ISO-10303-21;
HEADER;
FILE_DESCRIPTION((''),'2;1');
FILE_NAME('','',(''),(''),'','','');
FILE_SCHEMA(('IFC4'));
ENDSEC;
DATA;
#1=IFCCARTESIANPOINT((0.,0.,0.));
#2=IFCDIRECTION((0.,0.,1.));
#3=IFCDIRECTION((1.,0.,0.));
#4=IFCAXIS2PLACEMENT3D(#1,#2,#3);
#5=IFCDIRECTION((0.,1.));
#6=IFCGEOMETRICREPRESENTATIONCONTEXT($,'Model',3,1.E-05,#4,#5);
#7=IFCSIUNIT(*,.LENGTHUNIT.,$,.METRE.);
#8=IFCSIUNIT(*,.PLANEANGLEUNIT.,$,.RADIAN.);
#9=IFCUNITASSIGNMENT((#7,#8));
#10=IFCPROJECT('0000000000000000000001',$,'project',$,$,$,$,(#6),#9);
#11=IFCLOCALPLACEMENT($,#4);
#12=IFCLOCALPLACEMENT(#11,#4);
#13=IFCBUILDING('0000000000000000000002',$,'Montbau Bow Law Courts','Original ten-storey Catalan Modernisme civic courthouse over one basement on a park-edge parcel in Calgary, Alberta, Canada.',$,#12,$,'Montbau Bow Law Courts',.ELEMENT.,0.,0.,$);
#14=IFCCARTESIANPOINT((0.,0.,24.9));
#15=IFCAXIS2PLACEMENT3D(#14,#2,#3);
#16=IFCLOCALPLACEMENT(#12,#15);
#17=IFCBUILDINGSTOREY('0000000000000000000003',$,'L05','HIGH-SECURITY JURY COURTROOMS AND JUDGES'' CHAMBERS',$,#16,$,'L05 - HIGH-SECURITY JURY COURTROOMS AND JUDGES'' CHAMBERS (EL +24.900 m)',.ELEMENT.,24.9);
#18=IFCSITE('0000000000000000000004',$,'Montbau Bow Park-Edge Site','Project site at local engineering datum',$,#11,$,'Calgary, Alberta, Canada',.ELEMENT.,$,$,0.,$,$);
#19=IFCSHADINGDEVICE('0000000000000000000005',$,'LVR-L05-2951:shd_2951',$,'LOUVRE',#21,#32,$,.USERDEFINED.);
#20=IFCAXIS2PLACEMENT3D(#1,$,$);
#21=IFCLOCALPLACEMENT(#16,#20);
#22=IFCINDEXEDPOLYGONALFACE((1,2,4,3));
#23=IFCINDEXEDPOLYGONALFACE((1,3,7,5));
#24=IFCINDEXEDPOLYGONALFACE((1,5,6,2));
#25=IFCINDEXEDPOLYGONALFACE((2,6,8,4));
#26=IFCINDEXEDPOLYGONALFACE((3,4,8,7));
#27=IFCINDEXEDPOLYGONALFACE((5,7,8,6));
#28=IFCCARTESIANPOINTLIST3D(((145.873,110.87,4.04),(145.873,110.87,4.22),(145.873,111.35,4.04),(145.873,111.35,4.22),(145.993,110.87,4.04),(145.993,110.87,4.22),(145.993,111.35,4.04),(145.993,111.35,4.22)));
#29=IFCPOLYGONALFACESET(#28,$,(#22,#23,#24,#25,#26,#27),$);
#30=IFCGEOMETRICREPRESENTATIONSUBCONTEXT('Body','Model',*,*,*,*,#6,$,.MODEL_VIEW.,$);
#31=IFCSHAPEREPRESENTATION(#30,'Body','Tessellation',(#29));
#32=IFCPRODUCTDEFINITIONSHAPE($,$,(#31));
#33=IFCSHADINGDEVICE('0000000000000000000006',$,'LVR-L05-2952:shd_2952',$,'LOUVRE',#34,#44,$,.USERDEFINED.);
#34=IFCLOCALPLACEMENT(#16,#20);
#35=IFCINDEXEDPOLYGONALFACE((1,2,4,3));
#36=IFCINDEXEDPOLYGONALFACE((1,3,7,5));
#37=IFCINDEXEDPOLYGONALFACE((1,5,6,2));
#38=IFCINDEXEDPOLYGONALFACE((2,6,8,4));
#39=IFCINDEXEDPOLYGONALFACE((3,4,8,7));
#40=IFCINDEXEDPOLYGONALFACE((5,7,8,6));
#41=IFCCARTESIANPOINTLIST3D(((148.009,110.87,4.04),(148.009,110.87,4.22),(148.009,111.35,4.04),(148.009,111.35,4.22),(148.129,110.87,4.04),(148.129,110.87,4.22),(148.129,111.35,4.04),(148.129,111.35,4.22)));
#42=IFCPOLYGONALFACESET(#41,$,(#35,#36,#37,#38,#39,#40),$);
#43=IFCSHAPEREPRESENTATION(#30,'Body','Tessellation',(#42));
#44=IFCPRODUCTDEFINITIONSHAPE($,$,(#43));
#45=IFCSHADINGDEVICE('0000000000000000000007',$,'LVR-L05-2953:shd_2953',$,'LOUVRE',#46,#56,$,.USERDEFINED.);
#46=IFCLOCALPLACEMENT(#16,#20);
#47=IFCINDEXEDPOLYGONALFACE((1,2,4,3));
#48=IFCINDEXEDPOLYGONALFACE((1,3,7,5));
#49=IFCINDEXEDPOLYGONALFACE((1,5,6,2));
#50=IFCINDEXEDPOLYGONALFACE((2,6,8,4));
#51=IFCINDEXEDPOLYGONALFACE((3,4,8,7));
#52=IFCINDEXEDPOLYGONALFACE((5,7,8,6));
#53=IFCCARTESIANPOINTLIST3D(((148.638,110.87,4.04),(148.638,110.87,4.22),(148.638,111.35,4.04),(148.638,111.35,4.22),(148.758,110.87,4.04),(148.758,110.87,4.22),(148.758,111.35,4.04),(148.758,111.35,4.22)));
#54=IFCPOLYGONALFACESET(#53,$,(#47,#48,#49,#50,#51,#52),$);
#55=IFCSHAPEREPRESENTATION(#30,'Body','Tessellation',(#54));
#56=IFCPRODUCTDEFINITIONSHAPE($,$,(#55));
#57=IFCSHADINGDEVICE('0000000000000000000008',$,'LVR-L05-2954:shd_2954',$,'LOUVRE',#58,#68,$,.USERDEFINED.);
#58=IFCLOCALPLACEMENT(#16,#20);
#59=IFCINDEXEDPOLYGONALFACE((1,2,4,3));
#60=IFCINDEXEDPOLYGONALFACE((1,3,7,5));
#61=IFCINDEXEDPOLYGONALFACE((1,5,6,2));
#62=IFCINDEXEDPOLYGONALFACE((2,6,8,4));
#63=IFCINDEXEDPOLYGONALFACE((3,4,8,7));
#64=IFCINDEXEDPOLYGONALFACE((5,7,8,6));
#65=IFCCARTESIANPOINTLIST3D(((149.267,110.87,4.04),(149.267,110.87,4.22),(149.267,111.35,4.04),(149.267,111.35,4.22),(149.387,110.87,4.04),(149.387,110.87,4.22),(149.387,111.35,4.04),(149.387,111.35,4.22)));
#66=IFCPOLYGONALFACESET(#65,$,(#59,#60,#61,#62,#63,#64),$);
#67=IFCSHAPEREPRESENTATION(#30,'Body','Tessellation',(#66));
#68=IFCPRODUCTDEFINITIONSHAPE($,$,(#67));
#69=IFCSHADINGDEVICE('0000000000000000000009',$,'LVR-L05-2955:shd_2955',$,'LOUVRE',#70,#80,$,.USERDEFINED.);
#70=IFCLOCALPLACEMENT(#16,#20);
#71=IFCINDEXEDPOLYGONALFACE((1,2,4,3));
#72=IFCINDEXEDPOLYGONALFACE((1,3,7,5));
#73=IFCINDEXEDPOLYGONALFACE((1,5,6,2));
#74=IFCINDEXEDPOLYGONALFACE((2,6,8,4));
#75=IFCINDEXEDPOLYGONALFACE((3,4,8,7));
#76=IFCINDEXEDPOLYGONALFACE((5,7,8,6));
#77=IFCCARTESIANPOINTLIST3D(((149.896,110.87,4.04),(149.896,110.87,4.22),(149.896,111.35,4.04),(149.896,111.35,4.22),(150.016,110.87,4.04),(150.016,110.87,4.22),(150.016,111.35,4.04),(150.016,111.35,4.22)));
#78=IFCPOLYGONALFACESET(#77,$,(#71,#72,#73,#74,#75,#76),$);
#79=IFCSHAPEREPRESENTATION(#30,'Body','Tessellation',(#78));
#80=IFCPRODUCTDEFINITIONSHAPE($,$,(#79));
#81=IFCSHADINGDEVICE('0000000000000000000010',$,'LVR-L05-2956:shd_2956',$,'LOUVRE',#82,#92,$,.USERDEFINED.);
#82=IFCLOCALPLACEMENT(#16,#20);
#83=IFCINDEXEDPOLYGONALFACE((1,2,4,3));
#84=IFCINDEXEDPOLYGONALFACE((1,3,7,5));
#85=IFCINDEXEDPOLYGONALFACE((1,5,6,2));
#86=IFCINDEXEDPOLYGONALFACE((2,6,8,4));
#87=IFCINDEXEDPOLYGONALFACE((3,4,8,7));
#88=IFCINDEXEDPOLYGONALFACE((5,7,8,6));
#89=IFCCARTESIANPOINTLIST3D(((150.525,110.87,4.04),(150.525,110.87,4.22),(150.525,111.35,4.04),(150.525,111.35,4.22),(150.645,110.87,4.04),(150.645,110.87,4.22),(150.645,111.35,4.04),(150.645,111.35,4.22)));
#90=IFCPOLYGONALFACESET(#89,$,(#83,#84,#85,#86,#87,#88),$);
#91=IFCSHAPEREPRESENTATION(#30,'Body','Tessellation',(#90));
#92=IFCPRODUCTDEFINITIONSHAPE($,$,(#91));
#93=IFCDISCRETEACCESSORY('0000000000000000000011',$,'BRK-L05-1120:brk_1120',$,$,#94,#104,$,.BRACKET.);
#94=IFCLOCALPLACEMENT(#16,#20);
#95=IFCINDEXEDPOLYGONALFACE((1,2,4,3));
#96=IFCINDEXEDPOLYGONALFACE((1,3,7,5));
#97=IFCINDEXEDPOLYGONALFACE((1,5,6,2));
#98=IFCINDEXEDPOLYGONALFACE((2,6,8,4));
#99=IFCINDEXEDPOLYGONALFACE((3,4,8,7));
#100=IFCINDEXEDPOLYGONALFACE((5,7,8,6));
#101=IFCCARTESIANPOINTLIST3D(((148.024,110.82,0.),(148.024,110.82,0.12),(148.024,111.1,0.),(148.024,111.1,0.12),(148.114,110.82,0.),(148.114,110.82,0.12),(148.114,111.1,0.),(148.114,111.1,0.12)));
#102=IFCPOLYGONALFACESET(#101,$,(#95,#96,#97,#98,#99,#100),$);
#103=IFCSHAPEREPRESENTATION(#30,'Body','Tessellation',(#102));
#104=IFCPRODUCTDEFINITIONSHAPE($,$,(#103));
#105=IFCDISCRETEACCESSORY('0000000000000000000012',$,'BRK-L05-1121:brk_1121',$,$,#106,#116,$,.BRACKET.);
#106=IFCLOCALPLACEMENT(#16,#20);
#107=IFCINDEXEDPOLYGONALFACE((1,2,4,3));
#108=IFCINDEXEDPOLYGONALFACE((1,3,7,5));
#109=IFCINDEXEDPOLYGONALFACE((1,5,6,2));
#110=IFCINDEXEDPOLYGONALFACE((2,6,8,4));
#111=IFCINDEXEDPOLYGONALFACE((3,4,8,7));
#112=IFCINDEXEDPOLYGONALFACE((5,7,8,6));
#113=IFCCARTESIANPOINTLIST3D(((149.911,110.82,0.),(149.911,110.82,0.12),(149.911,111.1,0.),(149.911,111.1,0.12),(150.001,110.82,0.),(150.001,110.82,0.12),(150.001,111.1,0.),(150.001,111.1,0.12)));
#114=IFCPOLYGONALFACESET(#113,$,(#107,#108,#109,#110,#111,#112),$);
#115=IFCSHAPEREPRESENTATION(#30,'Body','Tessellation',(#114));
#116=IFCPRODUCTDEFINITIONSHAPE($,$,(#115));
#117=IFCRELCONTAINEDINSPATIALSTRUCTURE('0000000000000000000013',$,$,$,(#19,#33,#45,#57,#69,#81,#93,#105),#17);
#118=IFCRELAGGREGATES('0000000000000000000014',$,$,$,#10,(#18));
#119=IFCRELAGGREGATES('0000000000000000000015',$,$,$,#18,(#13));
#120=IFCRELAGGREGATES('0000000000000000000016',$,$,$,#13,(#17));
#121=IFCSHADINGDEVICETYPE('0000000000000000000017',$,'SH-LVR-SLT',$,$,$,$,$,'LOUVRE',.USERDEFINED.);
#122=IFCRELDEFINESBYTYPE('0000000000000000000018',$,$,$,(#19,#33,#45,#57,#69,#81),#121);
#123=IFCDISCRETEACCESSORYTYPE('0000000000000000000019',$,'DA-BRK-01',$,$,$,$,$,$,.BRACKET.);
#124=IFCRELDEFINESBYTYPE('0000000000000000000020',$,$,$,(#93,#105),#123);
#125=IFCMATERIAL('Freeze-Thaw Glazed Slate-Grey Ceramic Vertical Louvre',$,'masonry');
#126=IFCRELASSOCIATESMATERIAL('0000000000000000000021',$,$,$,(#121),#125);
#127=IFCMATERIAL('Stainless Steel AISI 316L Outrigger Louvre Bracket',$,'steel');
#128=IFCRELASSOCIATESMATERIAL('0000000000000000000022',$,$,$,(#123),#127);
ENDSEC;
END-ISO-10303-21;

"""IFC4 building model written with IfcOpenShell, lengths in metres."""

from ifc_helpers import new_model, si_unit, direction, frame, origin_with_axes, origin_2d_with_axis, place, context, subcontext, project, spatial, rectangle, extrude, material, type_object, element, save


model = new_model("IFC4")

# Units and contexts
model_context = context("Model", 3, precision=1e-05, world=origin_with_axes(), true_north=direction((0.0, 1.0)))
body_context = subcontext(model_context, "Body", "Model", "MODEL_VIEW")
ifc_project = project(units=[si_unit("LENGTHUNIT", "METRE"), si_unit("PLANEANGLEUNIT", "RADIAN")], contexts=[model_context])

# Site, building, storey
site_placement = place(None, origin_with_axes())
site = spatial("IfcSite", under=ifc_project, at=site_placement, Name="Montbau Bow Park-Edge Site", Description="Project site at local engineering datum", LongName="Calgary, Alberta, Canada", CompositionType="ELEMENT", RefElevation=0.0)
building_placement = place(site_placement, origin_with_axes())
building = spatial("IfcBuilding", under=site, at=building_placement, Name="Montbau Bow Law Courts", Description="Original ten-storey Catalan Modernisme civic courthouse over one basement on a park-edge parcel in Calgary, Alberta, Canada.", LongName="Montbau Bow Law Courts", CompositionType="ELEMENT", ElevationOfRefHeight=0.0, ElevationOfTerrain=0.0)
storey_placement = place(building_placement, frame((0.0, 0.0, 24.9), z_axis=(0.0, 0.0, 1.0), x_axis=(1.0, 0.0, 0.0)))
storey = spatial("IfcBuildingStorey", under=building, at=storey_placement, Name="L05", Description="HIGH-SECURITY JURY COURTROOMS AND JUDGES' CHAMBERS", LongName="L05 - HIGH-SECURITY JURY COURTROOMS AND JUDGES' CHAMBERS (EL +24.900 m)", CompositionType="ELEMENT", Elevation=24.9)

# Shared definitions
ifc_material_1 = material(Name="Freeze-Thaw Glazed Slate-Grey Ceramic Vertical Louvre", Category="masonry")

# Shading devices
shading_device_type = type_object("IfcShadingDeviceType", Name="SH-LVR-SLT", ElementType="LOUVRE", PredefinedType="USERDEFINED", material=ifc_material_1)
for number, where, z_axis, x_axis, name in (
    (1, (145.933, 111.11, 28.94), (0.0, 0.0, 1.0), (0.0, 1.0, 0.0), "LVR-L05-2951:shd_2951"),
    (2, (148.069, 111.11, 28.94), (0.0, 0.0, 1.0), (0.0, 1.0, 0.0), "LVR-L05-2952:shd_2952"),
    (3, (148.698, 111.11, 28.94), (0.0, 0.0, 1.0), (0.0, 1.0, 0.0), "LVR-L05-2953:shd_2953"),
    (4, (149.327, 111.11, 28.94), (0.0, 0.0, 1.0), (0.0, 1.0, 0.0), "LVR-L05-2954:shd_2954"),
    (5, (149.956, 111.11, 28.94), (0.0, 0.0, 1.0), (0.0, 1.0, 0.0), "LVR-L05-2955:shd_2955"),
    (6, (150.585, 111.11, 28.94), (0.0, 0.0, 1.0), (0.0, 1.0, 0.0), "LVR-L05-2956:shd_2956"),
):
    element("IfcShadingDevice", number, at=place(None, frame(where, z_axis=z_axis, x_axis=x_axis)), inside=storey, type_object=shading_device_type, Name=name, ObjectType="LOUVRE", PredefinedType="USERDEFINED", context=body_context, shape_type="SweptSolid", body=[
        extrude(rectangle(XDim=0.48, YDim=0.12, at=origin_2d_with_axis()), origin_with_axes(), (0.0, 0.0, 1.0), 0.18),
    ])

# Discrete accessories
ifc_material_2 = material(Name="Stainless Steel AISI 316L Outrigger Louvre Bracket", Category="steel")
discrete_accessory_type = type_object("IfcDiscreteAccessoryType", Name="DA-BRK-01", PredefinedType="BRACKET", material=ifc_material_2)
for number, where, z_axis, x_axis, name in (
    (7, (148.069, 110.96, 24.9), (0.0, 0.0, 1.0), (0.0, 1.0, 0.0), "BRK-L05-1120:brk_1120"),
    (8, (149.956, 110.96, 24.9), (0.0, 0.0, 1.0), (0.0, 1.0, 0.0), "BRK-L05-1121:brk_1121"),
):
    element("IfcDiscreteAccessory", number, at=place(None, frame(where, z_axis=z_axis, x_axis=x_axis)), inside=storey, type_object=discrete_accessory_type, Name=name, PredefinedType="BRACKET", context=body_context, shape_type="SweptSolid", body=[
        extrude(rectangle(XDim=0.28, YDim=0.09, at=origin_2d_with_axis()), origin_with_axes(), (0.0, 0.0, 1.0), 0.12),
    ])

save(model, "model.ifc")
